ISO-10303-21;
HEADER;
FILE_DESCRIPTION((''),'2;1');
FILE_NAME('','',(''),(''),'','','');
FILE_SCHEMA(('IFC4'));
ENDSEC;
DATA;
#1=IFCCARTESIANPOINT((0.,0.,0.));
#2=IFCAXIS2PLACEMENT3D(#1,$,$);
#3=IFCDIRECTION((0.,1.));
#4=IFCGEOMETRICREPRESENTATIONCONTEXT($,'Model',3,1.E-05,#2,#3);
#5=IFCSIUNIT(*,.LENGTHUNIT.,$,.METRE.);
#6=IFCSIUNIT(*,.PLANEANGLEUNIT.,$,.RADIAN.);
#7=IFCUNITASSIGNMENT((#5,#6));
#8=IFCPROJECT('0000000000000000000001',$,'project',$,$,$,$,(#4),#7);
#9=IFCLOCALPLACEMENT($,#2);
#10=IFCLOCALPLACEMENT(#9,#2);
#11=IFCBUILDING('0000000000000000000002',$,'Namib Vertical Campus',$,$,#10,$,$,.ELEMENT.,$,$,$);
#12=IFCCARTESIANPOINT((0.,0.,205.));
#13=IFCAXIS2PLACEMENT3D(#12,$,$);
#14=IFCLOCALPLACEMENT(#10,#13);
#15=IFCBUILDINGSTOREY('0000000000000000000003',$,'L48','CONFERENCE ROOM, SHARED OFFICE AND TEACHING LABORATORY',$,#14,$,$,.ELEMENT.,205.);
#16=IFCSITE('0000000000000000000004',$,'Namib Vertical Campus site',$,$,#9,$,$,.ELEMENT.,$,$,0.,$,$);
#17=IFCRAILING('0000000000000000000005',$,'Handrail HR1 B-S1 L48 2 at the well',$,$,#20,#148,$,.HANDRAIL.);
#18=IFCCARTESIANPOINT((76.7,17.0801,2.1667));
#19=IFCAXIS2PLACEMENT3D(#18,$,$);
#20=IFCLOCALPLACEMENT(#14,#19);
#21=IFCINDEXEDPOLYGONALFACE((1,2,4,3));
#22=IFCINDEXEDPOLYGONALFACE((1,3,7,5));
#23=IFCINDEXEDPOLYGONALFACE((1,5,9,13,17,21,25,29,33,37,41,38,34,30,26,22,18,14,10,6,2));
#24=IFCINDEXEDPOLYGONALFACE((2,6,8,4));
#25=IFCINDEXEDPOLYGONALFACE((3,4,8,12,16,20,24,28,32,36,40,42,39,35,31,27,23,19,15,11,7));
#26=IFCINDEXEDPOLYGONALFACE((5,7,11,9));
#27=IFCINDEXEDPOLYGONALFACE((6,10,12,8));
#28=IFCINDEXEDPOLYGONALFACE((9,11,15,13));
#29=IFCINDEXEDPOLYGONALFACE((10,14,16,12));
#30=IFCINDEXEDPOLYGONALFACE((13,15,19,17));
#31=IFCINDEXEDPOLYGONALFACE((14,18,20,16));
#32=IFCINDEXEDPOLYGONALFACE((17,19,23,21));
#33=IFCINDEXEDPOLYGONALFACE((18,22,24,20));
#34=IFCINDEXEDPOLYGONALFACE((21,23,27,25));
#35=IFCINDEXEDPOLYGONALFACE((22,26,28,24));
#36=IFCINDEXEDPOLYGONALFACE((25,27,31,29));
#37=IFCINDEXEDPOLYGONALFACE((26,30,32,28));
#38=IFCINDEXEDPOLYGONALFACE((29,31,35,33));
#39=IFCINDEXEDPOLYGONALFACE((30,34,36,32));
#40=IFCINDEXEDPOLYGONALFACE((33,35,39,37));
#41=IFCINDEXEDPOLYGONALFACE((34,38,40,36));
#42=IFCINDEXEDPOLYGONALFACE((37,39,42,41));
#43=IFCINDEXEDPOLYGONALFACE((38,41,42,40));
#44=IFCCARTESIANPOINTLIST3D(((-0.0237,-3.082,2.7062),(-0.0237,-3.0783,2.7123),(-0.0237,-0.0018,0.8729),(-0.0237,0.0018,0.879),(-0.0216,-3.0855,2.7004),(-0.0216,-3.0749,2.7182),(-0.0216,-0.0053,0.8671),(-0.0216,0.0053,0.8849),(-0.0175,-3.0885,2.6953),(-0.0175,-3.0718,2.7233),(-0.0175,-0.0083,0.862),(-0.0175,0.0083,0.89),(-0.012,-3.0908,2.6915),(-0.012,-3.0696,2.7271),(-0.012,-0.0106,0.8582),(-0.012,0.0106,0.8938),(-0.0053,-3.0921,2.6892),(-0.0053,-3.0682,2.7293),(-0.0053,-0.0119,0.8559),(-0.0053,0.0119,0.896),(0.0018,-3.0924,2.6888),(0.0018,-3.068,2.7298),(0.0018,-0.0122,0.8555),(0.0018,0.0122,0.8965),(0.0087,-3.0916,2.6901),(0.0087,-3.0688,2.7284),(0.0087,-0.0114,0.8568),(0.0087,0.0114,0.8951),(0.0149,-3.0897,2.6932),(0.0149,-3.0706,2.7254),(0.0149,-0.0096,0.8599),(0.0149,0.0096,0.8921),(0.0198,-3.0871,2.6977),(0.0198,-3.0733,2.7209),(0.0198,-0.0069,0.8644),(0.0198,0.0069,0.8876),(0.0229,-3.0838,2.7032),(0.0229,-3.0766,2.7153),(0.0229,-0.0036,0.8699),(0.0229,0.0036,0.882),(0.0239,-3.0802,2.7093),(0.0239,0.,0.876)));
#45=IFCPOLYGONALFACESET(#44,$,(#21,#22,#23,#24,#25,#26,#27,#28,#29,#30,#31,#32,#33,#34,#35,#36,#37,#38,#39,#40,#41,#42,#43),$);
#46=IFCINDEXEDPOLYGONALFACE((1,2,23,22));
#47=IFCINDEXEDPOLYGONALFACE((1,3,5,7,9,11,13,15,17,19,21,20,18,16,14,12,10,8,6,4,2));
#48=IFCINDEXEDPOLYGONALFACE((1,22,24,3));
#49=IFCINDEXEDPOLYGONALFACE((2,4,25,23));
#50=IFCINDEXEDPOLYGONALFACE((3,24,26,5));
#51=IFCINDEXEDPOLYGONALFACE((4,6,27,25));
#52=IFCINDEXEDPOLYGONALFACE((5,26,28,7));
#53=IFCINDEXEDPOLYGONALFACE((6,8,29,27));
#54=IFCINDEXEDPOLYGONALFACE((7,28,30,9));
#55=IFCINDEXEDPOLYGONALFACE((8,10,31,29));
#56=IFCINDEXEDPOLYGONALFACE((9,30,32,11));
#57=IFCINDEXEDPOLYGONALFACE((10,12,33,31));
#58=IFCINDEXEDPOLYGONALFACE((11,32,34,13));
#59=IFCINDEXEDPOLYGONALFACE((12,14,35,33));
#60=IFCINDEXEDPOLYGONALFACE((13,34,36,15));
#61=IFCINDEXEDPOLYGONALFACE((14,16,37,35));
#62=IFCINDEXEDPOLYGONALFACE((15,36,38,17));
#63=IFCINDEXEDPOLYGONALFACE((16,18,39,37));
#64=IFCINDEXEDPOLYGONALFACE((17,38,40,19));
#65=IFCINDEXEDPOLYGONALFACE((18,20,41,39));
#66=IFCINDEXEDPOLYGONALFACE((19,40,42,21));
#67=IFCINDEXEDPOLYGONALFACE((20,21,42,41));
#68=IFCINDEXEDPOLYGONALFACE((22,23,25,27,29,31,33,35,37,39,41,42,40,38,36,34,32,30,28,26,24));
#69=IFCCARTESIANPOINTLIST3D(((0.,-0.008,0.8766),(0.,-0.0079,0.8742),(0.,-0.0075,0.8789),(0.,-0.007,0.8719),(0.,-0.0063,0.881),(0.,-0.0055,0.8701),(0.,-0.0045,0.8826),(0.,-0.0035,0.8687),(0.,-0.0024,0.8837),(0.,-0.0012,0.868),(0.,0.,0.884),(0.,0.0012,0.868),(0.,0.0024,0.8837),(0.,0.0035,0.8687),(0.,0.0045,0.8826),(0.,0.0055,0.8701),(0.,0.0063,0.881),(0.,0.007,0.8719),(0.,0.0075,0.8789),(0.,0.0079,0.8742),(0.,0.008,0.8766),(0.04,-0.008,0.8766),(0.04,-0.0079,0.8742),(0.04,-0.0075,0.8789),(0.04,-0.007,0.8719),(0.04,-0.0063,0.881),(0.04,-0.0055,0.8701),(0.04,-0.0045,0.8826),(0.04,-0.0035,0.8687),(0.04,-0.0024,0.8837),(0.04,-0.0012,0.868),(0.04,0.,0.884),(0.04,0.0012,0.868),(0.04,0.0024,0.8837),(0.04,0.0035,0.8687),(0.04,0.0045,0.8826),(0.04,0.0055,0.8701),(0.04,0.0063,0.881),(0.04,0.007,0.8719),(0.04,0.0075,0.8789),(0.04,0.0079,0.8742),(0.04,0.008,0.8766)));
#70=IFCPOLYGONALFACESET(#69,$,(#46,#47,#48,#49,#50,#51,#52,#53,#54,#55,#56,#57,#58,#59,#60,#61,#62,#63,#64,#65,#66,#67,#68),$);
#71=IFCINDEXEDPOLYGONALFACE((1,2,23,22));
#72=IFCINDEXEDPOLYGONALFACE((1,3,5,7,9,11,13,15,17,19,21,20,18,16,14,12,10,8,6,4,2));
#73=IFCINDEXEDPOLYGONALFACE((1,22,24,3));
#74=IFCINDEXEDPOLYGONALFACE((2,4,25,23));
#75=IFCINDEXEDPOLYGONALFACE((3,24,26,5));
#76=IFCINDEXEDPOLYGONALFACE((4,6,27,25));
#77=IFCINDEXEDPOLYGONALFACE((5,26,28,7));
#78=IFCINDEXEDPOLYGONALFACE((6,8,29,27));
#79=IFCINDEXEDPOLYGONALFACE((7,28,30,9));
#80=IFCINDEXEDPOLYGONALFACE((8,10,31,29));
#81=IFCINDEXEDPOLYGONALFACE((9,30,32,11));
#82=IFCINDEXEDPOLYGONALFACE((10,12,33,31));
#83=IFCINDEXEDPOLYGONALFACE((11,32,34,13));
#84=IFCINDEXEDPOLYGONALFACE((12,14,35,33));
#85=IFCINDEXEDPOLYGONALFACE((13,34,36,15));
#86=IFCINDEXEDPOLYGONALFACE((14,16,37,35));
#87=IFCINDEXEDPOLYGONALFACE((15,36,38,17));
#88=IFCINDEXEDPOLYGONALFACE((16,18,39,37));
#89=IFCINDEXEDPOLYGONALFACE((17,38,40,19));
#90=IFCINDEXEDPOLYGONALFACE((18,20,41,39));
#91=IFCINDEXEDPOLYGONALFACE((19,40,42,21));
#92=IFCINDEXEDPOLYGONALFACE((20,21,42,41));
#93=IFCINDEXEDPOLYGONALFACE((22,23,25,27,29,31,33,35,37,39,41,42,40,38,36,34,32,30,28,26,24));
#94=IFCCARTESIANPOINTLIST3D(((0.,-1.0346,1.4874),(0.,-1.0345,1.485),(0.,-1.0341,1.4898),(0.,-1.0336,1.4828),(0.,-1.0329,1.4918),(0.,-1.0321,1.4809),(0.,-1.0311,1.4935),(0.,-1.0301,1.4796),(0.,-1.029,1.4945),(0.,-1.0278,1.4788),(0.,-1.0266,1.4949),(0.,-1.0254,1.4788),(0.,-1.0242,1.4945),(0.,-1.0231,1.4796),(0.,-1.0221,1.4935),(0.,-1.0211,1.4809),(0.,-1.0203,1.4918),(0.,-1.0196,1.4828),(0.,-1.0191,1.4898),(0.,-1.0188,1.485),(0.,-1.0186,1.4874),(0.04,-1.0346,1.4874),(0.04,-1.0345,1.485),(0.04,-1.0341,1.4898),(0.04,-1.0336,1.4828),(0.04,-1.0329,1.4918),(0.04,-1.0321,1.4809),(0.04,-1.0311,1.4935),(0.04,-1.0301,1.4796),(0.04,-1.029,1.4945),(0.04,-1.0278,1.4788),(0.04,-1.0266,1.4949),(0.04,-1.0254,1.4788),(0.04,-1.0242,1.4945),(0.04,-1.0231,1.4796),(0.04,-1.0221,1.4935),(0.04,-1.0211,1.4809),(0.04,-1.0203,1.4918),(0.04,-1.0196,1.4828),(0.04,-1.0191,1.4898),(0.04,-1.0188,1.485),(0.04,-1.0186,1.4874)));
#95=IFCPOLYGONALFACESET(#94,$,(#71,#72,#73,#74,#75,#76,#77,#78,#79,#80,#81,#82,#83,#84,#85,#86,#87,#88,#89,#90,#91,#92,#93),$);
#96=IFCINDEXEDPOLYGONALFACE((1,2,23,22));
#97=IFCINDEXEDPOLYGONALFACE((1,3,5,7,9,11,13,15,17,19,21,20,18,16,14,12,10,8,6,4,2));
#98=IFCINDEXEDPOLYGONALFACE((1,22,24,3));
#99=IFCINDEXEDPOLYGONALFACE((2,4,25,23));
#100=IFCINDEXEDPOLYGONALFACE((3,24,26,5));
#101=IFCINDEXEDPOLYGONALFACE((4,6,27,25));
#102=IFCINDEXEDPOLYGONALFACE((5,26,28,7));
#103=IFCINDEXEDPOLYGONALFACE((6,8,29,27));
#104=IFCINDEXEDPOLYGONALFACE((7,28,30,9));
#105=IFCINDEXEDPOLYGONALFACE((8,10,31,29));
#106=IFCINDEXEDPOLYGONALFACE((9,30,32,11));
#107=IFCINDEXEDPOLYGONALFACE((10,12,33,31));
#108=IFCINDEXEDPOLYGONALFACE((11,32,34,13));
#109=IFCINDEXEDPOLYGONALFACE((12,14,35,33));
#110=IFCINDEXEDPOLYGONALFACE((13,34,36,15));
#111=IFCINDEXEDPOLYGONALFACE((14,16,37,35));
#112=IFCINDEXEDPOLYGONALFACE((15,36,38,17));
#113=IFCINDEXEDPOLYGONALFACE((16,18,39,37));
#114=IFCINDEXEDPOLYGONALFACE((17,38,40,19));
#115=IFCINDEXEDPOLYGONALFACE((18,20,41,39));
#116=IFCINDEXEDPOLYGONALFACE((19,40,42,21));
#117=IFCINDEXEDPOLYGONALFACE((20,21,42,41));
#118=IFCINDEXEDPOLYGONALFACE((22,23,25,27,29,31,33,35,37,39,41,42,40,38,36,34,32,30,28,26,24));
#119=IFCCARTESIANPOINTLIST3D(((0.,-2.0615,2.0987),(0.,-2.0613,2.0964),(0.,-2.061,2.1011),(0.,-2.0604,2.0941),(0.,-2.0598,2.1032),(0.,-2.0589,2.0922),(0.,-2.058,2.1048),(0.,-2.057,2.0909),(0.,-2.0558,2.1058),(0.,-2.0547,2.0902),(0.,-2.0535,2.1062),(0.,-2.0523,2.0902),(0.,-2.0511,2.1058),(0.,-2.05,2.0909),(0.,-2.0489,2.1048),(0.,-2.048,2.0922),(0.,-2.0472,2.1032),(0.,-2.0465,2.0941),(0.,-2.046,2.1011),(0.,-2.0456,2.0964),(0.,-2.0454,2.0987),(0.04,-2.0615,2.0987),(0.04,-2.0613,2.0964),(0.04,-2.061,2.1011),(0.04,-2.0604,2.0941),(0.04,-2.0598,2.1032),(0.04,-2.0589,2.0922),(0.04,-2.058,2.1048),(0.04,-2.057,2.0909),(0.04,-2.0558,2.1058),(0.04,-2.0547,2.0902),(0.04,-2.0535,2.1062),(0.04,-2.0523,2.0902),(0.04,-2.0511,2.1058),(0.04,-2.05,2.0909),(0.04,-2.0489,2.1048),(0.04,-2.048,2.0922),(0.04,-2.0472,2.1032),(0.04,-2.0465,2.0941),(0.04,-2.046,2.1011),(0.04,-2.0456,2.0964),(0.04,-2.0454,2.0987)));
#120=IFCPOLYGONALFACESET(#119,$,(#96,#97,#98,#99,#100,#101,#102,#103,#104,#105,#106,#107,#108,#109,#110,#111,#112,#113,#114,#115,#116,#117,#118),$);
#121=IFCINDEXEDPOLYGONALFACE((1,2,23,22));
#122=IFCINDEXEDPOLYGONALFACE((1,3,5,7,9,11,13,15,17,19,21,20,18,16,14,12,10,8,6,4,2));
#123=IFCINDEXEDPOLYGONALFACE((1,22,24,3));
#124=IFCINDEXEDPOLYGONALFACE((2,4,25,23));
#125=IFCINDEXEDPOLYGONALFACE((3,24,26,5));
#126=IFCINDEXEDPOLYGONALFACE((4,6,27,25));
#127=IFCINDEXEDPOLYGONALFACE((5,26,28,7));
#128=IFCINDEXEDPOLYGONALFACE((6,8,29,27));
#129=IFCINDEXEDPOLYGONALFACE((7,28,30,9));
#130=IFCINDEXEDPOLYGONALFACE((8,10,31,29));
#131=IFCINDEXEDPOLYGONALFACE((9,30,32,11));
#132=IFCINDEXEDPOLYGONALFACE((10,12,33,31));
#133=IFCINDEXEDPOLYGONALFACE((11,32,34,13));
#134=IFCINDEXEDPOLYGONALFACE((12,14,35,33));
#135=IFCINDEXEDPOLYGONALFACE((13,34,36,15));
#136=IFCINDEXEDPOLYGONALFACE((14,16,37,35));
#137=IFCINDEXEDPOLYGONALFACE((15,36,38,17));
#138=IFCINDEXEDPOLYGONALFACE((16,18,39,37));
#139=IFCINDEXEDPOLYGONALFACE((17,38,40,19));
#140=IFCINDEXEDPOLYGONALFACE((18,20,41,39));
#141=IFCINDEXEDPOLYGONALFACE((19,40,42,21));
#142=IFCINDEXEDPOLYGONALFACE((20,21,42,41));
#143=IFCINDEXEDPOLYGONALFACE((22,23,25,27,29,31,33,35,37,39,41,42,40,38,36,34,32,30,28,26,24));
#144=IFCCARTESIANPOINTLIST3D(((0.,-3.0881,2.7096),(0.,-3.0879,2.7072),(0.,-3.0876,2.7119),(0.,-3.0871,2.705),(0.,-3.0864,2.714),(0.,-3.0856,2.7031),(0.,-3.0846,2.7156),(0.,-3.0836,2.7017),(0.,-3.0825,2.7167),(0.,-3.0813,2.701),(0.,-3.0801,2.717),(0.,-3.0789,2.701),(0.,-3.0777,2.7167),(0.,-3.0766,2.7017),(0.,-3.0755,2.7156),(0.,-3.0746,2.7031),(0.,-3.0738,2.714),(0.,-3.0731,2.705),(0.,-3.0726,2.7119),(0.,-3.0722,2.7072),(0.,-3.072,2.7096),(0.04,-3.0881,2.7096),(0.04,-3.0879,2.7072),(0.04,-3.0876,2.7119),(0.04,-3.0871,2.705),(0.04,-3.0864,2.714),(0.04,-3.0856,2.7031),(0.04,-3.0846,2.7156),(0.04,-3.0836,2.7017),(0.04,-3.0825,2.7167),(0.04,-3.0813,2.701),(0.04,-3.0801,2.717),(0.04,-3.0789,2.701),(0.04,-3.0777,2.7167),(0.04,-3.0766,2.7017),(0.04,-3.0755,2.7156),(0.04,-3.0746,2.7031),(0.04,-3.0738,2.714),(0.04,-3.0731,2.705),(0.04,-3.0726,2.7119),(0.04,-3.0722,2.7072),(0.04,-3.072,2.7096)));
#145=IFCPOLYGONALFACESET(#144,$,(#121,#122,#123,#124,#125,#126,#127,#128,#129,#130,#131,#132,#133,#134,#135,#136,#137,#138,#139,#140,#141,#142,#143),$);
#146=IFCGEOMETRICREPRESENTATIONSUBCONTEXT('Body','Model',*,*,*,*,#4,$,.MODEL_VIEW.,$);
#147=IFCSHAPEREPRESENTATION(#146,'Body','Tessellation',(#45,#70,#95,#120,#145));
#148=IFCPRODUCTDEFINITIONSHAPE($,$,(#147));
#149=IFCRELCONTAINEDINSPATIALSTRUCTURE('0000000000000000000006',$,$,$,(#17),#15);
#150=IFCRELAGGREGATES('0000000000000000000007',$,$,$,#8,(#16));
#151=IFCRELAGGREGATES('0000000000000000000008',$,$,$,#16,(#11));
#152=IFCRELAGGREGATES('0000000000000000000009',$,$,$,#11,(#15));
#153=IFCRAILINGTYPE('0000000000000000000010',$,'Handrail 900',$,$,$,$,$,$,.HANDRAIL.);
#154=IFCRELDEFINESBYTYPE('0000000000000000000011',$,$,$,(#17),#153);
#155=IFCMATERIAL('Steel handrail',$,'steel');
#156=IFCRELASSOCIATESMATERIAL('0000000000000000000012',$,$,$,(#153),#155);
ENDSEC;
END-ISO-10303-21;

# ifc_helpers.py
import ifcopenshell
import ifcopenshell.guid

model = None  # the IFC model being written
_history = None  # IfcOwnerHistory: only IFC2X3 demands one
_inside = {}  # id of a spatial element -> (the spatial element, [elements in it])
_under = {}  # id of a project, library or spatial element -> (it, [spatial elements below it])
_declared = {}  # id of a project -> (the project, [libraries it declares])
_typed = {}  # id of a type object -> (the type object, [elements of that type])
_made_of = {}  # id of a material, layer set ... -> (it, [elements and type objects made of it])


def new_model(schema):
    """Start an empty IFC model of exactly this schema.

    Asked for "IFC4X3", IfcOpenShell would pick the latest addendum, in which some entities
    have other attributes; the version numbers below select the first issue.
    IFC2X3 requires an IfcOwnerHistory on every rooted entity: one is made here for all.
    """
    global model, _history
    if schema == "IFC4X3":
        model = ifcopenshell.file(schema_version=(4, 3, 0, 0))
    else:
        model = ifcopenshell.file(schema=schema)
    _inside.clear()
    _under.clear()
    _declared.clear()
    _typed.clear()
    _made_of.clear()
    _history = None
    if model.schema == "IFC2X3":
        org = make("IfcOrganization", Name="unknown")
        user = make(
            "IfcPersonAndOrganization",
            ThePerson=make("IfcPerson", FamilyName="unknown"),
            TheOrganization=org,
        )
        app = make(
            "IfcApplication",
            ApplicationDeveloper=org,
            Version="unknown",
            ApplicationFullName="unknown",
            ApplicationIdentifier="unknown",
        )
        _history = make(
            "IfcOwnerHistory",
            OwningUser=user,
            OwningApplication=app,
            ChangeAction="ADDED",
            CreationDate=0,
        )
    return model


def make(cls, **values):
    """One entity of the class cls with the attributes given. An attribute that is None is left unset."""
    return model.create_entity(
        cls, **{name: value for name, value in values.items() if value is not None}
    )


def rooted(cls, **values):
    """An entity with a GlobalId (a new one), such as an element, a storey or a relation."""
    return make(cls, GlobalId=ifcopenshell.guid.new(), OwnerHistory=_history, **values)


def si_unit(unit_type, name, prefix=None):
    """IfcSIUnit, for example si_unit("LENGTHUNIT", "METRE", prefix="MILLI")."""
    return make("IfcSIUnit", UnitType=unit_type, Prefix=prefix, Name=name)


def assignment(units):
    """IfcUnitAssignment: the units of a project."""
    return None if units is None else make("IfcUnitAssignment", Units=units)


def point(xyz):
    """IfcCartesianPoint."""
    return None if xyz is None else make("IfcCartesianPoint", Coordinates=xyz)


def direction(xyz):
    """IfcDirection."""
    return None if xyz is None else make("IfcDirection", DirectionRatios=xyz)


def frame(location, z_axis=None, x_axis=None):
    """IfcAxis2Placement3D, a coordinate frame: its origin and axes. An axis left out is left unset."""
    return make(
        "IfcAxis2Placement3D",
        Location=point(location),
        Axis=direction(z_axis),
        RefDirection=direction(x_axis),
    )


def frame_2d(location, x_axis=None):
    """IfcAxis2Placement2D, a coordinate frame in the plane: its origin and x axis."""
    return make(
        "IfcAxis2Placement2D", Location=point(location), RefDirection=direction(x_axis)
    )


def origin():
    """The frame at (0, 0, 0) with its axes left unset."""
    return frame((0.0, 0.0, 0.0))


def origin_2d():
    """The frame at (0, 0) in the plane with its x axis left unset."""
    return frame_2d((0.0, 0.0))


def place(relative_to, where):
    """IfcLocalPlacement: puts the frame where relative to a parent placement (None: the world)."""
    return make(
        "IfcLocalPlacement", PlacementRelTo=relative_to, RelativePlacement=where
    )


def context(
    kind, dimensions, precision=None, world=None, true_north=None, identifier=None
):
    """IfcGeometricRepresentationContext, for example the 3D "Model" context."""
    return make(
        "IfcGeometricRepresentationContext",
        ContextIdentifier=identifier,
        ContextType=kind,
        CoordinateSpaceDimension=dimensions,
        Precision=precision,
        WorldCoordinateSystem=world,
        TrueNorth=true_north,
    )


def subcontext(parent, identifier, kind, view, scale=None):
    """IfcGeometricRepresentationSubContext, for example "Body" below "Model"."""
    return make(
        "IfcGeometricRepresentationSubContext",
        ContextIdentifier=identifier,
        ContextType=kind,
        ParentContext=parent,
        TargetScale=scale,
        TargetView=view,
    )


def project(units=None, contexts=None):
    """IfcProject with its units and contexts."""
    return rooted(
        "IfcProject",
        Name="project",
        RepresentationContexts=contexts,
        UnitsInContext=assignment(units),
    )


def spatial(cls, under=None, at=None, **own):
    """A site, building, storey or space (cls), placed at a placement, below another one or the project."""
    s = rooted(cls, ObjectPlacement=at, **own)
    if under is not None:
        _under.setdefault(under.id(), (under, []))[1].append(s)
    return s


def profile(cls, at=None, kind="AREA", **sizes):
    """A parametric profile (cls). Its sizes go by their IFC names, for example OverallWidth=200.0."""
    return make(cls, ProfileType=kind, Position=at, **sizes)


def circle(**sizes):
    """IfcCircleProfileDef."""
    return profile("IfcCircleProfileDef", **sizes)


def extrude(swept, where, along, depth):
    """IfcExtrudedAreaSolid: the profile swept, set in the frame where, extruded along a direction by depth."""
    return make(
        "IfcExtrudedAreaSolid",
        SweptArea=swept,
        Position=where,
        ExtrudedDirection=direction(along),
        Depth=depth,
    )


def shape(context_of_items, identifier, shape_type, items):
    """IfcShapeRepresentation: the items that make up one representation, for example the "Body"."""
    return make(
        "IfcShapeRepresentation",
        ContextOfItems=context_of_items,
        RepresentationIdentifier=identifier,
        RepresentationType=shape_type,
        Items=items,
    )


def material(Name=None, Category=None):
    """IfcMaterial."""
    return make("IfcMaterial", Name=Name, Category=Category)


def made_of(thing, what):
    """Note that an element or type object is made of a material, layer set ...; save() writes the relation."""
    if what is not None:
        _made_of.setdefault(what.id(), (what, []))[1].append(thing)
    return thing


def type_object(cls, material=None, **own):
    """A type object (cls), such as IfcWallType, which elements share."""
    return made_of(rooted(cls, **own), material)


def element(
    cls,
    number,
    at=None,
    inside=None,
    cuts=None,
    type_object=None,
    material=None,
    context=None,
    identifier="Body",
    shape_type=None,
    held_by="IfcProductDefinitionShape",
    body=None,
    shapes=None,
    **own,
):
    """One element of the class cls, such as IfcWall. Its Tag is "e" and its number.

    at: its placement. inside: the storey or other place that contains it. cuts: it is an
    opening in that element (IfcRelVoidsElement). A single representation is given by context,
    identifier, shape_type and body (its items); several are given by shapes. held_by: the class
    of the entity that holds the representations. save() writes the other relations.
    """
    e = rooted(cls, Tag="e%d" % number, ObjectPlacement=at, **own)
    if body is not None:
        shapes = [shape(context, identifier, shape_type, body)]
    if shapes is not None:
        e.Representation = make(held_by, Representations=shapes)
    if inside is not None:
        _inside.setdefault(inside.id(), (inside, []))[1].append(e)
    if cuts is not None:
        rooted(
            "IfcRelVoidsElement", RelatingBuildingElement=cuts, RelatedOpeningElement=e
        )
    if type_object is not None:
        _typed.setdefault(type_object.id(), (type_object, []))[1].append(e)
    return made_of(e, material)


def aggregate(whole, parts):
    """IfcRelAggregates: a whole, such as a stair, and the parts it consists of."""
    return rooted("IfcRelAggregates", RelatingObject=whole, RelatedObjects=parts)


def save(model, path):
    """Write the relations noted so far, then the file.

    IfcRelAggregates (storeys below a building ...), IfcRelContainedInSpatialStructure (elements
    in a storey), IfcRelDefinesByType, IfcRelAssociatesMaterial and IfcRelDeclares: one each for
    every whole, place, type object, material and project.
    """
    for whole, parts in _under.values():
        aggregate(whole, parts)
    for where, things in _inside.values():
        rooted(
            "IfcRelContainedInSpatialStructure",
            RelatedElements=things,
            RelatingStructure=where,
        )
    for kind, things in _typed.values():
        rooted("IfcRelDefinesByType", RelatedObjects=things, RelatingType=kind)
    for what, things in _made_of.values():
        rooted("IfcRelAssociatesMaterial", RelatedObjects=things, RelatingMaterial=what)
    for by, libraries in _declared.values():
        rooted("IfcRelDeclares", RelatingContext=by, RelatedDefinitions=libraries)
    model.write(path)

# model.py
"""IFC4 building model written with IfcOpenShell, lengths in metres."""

from ifc_helpers import new_model, si_unit, direction, frame, origin, origin_2d, place, context, subcontext, project, spatial, circle, extrude, material, type_object, element, save


model = new_model("IFC4")

# Units and contexts
model_context = context("Model", 3, precision=1e-05, world=origin(), true_north=direction((0.0, 1.0)))
body_context = subcontext(model_context, "Body", "Model", "MODEL_VIEW")
ifc_project = project(units=[si_unit("LENGTHUNIT", "METRE"), si_unit("PLANEANGLEUNIT", "RADIAN")], contexts=[model_context])

# Site, building, storey
site_placement = place(None, origin())
site = spatial("IfcSite", under=ifc_project, at=site_placement, Name="Namib Vertical Campus site", CompositionType="ELEMENT", RefElevation=0.0)
building_placement = place(site_placement, origin())
building = spatial("IfcBuilding", under=site, at=building_placement, Name="Namib Vertical Campus", CompositionType="ELEMENT")
storey_placement = place(building_placement, frame((0.0, 0.0, 205.0)))
storey = spatial("IfcBuildingStorey", under=building, at=storey_placement, Name="L48", Description="CONFERENCE ROOM, SHARED OFFICE AND TEACHING LABORATORY", CompositionType="ELEMENT", Elevation=205.0)

# Railing
ifc_material_1 = material(Name="Steel handrail", Category="steel")
railing_type_1 = type_object("IfcRailingType", Name="Handrail 900", PredefinedType="HANDRAIL", material=ifc_material_1)
railing_1_placement = place(storey_placement, frame((76.7, 17.0801, 2.1667)))
element("IfcRailing", 1, at=railing_1_placement, inside=storey, type_object=railing_type_1, Name="Handrail HR1 B-S1 L48 2 at the well", PredefinedType="HANDRAIL", context=body_context, shape_type="SweptSolid", body=[
    extrude(circle(Radius=0.0239, at=origin_2d()), frame((0.0, 0.0, 0.876), z_axis=(0.0, -0.859309, 0.511458), x_axis=(1.0, 0.0, 0.0)), (0.0, 0.0, 1.0), 3.5845),
    extrude(circle(Radius=0.0081, at=origin_2d()), frame((0.0, 0.0, 0.876), z_axis=(1.0, 0.0, 0.0), x_axis=(0.0, 0.0, 1.0)), (0.0, 0.0, 1.0), 0.04),
    extrude(circle(Radius=0.0081, at=origin_2d()), frame((0.0, -1.0266, 1.4868), z_axis=(1.0, 0.0, 0.0), x_axis=(0.0, 0.0, 1.0)), (0.0, 0.0, 1.0), 0.04),
    extrude(circle(Radius=0.0081, at=origin_2d()), frame((0.0, -2.0535, 2.0981), z_axis=(1.0, 0.0, 0.0), x_axis=(0.0, 0.0, 1.0)), (0.0, 0.0, 1.0), 0.04),
    extrude(circle(Radius=0.0081, at=origin_2d()), frame((0.0, -3.0801, 2.709), z_axis=(1.0, 0.0, 0.0), x_axis=(0.0, 0.0, 1.0)), (0.0, 0.0, 1.0), 0.04),
])

save(model, "model.ifc")
